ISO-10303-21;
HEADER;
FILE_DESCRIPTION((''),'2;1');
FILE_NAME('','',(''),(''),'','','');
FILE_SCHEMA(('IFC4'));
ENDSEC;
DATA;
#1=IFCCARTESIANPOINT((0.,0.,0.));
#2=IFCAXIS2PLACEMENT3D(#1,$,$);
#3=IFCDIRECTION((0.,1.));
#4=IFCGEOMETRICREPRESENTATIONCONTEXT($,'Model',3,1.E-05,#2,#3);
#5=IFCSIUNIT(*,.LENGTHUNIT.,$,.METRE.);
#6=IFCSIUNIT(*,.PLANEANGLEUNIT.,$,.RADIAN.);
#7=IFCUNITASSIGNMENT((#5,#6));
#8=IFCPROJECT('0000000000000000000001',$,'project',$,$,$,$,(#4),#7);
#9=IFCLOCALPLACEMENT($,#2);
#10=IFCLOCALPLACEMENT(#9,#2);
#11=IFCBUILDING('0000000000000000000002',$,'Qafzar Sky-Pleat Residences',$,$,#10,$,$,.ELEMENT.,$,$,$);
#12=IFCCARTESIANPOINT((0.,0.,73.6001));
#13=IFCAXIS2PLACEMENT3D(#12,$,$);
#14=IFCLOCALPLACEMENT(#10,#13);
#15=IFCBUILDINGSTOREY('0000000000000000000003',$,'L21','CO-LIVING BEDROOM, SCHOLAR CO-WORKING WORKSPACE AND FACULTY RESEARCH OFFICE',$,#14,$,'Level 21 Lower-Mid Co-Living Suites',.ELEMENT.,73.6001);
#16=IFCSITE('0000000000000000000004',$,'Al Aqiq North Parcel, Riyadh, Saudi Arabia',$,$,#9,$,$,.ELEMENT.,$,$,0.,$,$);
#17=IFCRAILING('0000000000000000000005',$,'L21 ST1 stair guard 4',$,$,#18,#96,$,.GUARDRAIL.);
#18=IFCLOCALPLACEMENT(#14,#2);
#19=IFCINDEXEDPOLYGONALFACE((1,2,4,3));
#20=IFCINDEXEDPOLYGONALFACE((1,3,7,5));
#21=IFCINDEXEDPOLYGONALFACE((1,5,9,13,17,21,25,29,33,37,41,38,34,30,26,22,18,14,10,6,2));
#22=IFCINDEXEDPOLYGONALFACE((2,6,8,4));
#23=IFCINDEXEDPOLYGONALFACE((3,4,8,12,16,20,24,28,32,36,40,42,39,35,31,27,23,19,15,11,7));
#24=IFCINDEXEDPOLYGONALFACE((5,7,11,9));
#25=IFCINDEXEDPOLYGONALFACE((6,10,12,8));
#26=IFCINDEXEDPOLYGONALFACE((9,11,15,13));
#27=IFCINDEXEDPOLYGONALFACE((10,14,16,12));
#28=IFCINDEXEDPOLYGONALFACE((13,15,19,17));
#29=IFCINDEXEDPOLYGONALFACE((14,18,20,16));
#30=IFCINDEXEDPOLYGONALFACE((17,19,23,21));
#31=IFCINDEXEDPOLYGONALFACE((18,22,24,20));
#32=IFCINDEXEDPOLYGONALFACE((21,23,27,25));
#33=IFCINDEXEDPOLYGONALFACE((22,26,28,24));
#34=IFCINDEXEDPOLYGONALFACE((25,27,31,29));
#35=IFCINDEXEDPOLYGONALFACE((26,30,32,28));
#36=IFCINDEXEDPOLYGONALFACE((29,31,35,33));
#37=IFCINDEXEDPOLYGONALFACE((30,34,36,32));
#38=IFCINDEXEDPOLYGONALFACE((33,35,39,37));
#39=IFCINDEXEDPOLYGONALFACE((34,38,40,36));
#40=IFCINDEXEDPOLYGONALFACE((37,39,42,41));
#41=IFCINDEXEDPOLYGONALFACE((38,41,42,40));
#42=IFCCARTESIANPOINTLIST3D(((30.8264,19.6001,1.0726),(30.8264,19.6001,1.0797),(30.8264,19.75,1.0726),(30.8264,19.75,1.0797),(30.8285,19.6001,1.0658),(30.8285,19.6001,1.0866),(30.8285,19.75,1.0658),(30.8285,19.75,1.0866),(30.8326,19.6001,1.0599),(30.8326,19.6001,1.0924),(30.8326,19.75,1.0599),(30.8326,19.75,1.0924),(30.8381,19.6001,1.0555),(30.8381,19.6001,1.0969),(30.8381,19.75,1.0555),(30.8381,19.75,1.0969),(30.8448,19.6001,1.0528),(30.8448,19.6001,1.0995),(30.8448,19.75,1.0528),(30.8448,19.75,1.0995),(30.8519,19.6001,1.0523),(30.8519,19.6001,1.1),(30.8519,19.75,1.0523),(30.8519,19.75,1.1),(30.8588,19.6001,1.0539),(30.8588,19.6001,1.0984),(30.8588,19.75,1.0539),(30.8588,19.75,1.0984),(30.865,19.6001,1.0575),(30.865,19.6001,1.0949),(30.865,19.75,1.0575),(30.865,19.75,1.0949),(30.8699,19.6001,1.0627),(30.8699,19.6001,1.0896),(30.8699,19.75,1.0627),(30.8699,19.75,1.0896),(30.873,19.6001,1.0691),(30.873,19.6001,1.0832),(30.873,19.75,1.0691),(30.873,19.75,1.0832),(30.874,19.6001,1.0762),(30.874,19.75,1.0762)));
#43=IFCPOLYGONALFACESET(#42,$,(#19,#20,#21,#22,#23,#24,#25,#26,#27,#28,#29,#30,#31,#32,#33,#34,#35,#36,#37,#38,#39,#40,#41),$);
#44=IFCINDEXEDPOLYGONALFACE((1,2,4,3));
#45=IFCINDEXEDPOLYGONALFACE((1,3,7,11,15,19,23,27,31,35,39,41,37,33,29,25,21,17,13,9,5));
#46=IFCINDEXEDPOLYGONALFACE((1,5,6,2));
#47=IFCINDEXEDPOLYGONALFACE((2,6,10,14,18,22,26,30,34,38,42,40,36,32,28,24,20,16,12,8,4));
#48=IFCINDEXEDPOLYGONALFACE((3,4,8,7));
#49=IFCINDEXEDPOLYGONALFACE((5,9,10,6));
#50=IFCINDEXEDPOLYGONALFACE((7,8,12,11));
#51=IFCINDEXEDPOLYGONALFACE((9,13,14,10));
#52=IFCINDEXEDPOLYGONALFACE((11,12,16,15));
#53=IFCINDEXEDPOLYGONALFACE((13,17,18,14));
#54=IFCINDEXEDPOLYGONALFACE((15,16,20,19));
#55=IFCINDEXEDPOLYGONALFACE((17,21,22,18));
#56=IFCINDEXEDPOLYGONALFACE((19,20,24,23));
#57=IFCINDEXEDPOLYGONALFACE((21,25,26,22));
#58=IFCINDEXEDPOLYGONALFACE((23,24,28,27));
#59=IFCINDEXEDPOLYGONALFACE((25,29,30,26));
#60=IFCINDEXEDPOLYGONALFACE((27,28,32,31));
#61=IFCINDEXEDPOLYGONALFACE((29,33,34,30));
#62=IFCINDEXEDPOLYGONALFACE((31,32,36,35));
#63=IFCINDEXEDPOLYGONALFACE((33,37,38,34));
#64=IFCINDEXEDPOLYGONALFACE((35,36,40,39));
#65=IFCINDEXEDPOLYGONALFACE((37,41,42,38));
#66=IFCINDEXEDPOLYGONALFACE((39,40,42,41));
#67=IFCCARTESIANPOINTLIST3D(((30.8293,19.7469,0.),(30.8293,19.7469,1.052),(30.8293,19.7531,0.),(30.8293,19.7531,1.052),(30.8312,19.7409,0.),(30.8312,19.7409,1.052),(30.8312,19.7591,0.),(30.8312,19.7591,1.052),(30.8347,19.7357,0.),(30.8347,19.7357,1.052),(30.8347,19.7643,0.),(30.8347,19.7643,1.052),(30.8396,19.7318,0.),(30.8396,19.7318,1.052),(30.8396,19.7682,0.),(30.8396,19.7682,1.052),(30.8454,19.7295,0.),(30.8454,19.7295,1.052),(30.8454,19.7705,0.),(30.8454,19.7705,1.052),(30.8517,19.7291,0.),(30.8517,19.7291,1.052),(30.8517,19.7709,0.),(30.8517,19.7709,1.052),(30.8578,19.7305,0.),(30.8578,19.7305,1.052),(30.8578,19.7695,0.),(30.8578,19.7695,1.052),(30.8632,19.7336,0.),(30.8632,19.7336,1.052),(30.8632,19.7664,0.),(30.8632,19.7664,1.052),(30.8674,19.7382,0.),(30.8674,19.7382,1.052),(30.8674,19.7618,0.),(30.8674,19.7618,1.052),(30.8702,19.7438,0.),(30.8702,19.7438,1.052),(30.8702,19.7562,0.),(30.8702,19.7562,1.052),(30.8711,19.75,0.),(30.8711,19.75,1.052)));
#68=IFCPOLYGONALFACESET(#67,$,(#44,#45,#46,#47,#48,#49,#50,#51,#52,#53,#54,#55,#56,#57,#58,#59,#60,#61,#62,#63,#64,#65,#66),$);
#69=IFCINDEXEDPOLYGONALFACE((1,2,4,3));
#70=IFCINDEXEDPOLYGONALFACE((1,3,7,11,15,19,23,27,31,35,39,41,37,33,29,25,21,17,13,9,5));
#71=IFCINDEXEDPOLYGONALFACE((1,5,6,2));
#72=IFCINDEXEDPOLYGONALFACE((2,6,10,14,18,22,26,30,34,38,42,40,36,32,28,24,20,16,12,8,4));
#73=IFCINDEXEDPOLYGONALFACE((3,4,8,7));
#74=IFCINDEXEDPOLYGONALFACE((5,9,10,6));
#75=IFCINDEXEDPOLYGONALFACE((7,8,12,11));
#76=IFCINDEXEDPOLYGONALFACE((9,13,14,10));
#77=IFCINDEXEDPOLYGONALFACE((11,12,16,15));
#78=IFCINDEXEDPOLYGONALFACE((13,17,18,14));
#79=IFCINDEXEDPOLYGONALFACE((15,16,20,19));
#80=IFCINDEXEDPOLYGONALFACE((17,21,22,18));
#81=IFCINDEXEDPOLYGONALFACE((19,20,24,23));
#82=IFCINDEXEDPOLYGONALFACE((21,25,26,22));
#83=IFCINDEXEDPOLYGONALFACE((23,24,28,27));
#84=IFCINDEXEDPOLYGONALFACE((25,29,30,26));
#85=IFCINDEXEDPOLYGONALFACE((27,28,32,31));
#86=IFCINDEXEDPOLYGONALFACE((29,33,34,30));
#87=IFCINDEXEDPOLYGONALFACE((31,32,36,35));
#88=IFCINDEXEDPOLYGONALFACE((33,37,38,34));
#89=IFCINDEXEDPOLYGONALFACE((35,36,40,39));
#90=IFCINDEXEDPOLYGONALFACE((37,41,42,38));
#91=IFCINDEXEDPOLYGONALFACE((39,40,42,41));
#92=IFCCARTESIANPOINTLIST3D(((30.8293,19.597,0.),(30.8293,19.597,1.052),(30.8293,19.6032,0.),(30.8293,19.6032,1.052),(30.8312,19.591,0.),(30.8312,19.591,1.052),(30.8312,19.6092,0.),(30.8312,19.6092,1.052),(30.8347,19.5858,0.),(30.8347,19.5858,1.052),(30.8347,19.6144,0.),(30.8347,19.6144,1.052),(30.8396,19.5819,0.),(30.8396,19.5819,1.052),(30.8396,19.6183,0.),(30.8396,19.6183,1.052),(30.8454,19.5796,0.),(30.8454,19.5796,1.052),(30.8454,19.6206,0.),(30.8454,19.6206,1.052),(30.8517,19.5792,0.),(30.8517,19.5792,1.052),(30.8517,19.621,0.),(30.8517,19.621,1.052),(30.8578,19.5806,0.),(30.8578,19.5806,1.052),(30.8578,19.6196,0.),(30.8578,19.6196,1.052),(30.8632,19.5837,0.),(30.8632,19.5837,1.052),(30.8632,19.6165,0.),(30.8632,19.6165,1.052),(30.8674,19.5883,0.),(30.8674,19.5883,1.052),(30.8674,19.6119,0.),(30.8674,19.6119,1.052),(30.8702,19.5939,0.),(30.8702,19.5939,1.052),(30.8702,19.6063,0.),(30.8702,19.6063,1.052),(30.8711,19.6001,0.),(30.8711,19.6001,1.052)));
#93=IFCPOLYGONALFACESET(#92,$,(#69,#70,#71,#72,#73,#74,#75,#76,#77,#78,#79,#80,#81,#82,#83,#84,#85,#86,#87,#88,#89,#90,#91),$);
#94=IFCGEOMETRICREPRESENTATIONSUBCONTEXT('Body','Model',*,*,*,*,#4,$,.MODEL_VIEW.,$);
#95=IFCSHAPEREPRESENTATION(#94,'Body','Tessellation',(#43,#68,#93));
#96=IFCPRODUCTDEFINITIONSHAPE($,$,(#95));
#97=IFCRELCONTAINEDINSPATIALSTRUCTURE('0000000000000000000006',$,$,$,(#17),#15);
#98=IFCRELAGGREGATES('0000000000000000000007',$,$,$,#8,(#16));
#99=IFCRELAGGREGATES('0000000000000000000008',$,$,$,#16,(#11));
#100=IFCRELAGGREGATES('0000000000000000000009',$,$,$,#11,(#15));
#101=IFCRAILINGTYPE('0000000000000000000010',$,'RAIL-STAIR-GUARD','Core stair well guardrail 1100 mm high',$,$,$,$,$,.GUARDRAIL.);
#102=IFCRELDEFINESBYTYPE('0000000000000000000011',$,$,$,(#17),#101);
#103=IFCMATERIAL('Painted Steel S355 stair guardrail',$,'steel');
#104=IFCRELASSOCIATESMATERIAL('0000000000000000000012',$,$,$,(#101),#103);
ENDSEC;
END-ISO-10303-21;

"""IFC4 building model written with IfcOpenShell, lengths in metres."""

from ifc_helpers import new_model, si_unit, direction, frame, origin, origin_2d, place, context, subcontext, project, spatial, circle, extrude, source, transform, mapped, material, type_object, element, save


model = new_model("IFC4")

# Units and contexts
model_context = context("Model", 3, precision=1e-05, world=origin(), true_north=direction((0.0, 1.0)))
body_context = subcontext(model_context, "Body", "Model", "MODEL_VIEW")
ifc_project = project(units=[si_unit("LENGTHUNIT", "METRE"), si_unit("PLANEANGLEUNIT", "RADIAN")], contexts=[model_context])

# Site, building, storey
site_placement = place(None, origin())
site = spatial("IfcSite", under=ifc_project, at=site_placement, Name="Al Aqiq North Parcel, Riyadh, Saudi Arabia", CompositionType="ELEMENT", RefElevation=0.0)
building_placement = place(site_placement, origin())
building = spatial("IfcBuilding", under=site, at=building_placement, Name="Qafzar Sky-Pleat Residences", CompositionType="ELEMENT")
storey_placement = place(building_placement, frame((0.0, 0.0, 73.6001)))
storey = spatial("IfcBuildingStorey", under=building, at=storey_placement, Name="L21", Description="CO-LIVING BEDROOM, SCHOLAR CO-WORKING WORKSPACE AND FACULTY RESEARCH OFFICE", LongName="Level 21 Lower-Mid Co-Living Suites", CompositionType="ELEMENT", Elevation=73.6001)

# Railing
ifc_material_1 = material(Name="Painted Steel S355 stair guardrail", Category="steel")
railing_type_1 = type_object("IfcRailingType", Name="RAIL-STAIR-GUARD", Description="Core stair well guardrail 1100 mm high", PredefinedType="GUARDRAIL", material=ifc_material_1)
shared_shape_1 = source(origin(), body_context, "Body", "SweptSolid", [
    extrude(circle(Radius=0.0239, at=origin_2d()), frame((0.0, 0.0, 1.0762), z_axis=(0.0, -1.0, 0.0), x_axis=(1.0, 0.0, 0.0)), (0.0, 0.0, 1.0), 0.1499),
    extrude(circle(Radius=0.021, at=origin_2d()), origin(), (0.0, 0.0, 1.0), 1.052),
    extrude(circle(Radius=0.021, at=origin_2d()), frame((0.0, -0.1499, 0.0)), (0.0, 0.0, 1.0), 1.052),
])
for number, where, name in (
    (1, (30.8501, 19.75, 0.0), "L21 ST1 stair guard 4"),
):
    element("IfcRailing", number, at=place(storey_placement, frame(where)), inside=storey, type_object=railing_type_1, Name=name, PredefinedType="GUARDRAIL", context=body_context, shape_type="MappedRepresentation", body=[
        mapped(shared_shape_1, transform((0.0, 0.0, 0.0), x_axis=(1.0, 0.0, 0.0), y_axis=(0.0, 1.0, 0.0), z_axis=(0.0, 0.0, 1.0), scale=1.0)),
    ])

save(model, "model.ifc")
